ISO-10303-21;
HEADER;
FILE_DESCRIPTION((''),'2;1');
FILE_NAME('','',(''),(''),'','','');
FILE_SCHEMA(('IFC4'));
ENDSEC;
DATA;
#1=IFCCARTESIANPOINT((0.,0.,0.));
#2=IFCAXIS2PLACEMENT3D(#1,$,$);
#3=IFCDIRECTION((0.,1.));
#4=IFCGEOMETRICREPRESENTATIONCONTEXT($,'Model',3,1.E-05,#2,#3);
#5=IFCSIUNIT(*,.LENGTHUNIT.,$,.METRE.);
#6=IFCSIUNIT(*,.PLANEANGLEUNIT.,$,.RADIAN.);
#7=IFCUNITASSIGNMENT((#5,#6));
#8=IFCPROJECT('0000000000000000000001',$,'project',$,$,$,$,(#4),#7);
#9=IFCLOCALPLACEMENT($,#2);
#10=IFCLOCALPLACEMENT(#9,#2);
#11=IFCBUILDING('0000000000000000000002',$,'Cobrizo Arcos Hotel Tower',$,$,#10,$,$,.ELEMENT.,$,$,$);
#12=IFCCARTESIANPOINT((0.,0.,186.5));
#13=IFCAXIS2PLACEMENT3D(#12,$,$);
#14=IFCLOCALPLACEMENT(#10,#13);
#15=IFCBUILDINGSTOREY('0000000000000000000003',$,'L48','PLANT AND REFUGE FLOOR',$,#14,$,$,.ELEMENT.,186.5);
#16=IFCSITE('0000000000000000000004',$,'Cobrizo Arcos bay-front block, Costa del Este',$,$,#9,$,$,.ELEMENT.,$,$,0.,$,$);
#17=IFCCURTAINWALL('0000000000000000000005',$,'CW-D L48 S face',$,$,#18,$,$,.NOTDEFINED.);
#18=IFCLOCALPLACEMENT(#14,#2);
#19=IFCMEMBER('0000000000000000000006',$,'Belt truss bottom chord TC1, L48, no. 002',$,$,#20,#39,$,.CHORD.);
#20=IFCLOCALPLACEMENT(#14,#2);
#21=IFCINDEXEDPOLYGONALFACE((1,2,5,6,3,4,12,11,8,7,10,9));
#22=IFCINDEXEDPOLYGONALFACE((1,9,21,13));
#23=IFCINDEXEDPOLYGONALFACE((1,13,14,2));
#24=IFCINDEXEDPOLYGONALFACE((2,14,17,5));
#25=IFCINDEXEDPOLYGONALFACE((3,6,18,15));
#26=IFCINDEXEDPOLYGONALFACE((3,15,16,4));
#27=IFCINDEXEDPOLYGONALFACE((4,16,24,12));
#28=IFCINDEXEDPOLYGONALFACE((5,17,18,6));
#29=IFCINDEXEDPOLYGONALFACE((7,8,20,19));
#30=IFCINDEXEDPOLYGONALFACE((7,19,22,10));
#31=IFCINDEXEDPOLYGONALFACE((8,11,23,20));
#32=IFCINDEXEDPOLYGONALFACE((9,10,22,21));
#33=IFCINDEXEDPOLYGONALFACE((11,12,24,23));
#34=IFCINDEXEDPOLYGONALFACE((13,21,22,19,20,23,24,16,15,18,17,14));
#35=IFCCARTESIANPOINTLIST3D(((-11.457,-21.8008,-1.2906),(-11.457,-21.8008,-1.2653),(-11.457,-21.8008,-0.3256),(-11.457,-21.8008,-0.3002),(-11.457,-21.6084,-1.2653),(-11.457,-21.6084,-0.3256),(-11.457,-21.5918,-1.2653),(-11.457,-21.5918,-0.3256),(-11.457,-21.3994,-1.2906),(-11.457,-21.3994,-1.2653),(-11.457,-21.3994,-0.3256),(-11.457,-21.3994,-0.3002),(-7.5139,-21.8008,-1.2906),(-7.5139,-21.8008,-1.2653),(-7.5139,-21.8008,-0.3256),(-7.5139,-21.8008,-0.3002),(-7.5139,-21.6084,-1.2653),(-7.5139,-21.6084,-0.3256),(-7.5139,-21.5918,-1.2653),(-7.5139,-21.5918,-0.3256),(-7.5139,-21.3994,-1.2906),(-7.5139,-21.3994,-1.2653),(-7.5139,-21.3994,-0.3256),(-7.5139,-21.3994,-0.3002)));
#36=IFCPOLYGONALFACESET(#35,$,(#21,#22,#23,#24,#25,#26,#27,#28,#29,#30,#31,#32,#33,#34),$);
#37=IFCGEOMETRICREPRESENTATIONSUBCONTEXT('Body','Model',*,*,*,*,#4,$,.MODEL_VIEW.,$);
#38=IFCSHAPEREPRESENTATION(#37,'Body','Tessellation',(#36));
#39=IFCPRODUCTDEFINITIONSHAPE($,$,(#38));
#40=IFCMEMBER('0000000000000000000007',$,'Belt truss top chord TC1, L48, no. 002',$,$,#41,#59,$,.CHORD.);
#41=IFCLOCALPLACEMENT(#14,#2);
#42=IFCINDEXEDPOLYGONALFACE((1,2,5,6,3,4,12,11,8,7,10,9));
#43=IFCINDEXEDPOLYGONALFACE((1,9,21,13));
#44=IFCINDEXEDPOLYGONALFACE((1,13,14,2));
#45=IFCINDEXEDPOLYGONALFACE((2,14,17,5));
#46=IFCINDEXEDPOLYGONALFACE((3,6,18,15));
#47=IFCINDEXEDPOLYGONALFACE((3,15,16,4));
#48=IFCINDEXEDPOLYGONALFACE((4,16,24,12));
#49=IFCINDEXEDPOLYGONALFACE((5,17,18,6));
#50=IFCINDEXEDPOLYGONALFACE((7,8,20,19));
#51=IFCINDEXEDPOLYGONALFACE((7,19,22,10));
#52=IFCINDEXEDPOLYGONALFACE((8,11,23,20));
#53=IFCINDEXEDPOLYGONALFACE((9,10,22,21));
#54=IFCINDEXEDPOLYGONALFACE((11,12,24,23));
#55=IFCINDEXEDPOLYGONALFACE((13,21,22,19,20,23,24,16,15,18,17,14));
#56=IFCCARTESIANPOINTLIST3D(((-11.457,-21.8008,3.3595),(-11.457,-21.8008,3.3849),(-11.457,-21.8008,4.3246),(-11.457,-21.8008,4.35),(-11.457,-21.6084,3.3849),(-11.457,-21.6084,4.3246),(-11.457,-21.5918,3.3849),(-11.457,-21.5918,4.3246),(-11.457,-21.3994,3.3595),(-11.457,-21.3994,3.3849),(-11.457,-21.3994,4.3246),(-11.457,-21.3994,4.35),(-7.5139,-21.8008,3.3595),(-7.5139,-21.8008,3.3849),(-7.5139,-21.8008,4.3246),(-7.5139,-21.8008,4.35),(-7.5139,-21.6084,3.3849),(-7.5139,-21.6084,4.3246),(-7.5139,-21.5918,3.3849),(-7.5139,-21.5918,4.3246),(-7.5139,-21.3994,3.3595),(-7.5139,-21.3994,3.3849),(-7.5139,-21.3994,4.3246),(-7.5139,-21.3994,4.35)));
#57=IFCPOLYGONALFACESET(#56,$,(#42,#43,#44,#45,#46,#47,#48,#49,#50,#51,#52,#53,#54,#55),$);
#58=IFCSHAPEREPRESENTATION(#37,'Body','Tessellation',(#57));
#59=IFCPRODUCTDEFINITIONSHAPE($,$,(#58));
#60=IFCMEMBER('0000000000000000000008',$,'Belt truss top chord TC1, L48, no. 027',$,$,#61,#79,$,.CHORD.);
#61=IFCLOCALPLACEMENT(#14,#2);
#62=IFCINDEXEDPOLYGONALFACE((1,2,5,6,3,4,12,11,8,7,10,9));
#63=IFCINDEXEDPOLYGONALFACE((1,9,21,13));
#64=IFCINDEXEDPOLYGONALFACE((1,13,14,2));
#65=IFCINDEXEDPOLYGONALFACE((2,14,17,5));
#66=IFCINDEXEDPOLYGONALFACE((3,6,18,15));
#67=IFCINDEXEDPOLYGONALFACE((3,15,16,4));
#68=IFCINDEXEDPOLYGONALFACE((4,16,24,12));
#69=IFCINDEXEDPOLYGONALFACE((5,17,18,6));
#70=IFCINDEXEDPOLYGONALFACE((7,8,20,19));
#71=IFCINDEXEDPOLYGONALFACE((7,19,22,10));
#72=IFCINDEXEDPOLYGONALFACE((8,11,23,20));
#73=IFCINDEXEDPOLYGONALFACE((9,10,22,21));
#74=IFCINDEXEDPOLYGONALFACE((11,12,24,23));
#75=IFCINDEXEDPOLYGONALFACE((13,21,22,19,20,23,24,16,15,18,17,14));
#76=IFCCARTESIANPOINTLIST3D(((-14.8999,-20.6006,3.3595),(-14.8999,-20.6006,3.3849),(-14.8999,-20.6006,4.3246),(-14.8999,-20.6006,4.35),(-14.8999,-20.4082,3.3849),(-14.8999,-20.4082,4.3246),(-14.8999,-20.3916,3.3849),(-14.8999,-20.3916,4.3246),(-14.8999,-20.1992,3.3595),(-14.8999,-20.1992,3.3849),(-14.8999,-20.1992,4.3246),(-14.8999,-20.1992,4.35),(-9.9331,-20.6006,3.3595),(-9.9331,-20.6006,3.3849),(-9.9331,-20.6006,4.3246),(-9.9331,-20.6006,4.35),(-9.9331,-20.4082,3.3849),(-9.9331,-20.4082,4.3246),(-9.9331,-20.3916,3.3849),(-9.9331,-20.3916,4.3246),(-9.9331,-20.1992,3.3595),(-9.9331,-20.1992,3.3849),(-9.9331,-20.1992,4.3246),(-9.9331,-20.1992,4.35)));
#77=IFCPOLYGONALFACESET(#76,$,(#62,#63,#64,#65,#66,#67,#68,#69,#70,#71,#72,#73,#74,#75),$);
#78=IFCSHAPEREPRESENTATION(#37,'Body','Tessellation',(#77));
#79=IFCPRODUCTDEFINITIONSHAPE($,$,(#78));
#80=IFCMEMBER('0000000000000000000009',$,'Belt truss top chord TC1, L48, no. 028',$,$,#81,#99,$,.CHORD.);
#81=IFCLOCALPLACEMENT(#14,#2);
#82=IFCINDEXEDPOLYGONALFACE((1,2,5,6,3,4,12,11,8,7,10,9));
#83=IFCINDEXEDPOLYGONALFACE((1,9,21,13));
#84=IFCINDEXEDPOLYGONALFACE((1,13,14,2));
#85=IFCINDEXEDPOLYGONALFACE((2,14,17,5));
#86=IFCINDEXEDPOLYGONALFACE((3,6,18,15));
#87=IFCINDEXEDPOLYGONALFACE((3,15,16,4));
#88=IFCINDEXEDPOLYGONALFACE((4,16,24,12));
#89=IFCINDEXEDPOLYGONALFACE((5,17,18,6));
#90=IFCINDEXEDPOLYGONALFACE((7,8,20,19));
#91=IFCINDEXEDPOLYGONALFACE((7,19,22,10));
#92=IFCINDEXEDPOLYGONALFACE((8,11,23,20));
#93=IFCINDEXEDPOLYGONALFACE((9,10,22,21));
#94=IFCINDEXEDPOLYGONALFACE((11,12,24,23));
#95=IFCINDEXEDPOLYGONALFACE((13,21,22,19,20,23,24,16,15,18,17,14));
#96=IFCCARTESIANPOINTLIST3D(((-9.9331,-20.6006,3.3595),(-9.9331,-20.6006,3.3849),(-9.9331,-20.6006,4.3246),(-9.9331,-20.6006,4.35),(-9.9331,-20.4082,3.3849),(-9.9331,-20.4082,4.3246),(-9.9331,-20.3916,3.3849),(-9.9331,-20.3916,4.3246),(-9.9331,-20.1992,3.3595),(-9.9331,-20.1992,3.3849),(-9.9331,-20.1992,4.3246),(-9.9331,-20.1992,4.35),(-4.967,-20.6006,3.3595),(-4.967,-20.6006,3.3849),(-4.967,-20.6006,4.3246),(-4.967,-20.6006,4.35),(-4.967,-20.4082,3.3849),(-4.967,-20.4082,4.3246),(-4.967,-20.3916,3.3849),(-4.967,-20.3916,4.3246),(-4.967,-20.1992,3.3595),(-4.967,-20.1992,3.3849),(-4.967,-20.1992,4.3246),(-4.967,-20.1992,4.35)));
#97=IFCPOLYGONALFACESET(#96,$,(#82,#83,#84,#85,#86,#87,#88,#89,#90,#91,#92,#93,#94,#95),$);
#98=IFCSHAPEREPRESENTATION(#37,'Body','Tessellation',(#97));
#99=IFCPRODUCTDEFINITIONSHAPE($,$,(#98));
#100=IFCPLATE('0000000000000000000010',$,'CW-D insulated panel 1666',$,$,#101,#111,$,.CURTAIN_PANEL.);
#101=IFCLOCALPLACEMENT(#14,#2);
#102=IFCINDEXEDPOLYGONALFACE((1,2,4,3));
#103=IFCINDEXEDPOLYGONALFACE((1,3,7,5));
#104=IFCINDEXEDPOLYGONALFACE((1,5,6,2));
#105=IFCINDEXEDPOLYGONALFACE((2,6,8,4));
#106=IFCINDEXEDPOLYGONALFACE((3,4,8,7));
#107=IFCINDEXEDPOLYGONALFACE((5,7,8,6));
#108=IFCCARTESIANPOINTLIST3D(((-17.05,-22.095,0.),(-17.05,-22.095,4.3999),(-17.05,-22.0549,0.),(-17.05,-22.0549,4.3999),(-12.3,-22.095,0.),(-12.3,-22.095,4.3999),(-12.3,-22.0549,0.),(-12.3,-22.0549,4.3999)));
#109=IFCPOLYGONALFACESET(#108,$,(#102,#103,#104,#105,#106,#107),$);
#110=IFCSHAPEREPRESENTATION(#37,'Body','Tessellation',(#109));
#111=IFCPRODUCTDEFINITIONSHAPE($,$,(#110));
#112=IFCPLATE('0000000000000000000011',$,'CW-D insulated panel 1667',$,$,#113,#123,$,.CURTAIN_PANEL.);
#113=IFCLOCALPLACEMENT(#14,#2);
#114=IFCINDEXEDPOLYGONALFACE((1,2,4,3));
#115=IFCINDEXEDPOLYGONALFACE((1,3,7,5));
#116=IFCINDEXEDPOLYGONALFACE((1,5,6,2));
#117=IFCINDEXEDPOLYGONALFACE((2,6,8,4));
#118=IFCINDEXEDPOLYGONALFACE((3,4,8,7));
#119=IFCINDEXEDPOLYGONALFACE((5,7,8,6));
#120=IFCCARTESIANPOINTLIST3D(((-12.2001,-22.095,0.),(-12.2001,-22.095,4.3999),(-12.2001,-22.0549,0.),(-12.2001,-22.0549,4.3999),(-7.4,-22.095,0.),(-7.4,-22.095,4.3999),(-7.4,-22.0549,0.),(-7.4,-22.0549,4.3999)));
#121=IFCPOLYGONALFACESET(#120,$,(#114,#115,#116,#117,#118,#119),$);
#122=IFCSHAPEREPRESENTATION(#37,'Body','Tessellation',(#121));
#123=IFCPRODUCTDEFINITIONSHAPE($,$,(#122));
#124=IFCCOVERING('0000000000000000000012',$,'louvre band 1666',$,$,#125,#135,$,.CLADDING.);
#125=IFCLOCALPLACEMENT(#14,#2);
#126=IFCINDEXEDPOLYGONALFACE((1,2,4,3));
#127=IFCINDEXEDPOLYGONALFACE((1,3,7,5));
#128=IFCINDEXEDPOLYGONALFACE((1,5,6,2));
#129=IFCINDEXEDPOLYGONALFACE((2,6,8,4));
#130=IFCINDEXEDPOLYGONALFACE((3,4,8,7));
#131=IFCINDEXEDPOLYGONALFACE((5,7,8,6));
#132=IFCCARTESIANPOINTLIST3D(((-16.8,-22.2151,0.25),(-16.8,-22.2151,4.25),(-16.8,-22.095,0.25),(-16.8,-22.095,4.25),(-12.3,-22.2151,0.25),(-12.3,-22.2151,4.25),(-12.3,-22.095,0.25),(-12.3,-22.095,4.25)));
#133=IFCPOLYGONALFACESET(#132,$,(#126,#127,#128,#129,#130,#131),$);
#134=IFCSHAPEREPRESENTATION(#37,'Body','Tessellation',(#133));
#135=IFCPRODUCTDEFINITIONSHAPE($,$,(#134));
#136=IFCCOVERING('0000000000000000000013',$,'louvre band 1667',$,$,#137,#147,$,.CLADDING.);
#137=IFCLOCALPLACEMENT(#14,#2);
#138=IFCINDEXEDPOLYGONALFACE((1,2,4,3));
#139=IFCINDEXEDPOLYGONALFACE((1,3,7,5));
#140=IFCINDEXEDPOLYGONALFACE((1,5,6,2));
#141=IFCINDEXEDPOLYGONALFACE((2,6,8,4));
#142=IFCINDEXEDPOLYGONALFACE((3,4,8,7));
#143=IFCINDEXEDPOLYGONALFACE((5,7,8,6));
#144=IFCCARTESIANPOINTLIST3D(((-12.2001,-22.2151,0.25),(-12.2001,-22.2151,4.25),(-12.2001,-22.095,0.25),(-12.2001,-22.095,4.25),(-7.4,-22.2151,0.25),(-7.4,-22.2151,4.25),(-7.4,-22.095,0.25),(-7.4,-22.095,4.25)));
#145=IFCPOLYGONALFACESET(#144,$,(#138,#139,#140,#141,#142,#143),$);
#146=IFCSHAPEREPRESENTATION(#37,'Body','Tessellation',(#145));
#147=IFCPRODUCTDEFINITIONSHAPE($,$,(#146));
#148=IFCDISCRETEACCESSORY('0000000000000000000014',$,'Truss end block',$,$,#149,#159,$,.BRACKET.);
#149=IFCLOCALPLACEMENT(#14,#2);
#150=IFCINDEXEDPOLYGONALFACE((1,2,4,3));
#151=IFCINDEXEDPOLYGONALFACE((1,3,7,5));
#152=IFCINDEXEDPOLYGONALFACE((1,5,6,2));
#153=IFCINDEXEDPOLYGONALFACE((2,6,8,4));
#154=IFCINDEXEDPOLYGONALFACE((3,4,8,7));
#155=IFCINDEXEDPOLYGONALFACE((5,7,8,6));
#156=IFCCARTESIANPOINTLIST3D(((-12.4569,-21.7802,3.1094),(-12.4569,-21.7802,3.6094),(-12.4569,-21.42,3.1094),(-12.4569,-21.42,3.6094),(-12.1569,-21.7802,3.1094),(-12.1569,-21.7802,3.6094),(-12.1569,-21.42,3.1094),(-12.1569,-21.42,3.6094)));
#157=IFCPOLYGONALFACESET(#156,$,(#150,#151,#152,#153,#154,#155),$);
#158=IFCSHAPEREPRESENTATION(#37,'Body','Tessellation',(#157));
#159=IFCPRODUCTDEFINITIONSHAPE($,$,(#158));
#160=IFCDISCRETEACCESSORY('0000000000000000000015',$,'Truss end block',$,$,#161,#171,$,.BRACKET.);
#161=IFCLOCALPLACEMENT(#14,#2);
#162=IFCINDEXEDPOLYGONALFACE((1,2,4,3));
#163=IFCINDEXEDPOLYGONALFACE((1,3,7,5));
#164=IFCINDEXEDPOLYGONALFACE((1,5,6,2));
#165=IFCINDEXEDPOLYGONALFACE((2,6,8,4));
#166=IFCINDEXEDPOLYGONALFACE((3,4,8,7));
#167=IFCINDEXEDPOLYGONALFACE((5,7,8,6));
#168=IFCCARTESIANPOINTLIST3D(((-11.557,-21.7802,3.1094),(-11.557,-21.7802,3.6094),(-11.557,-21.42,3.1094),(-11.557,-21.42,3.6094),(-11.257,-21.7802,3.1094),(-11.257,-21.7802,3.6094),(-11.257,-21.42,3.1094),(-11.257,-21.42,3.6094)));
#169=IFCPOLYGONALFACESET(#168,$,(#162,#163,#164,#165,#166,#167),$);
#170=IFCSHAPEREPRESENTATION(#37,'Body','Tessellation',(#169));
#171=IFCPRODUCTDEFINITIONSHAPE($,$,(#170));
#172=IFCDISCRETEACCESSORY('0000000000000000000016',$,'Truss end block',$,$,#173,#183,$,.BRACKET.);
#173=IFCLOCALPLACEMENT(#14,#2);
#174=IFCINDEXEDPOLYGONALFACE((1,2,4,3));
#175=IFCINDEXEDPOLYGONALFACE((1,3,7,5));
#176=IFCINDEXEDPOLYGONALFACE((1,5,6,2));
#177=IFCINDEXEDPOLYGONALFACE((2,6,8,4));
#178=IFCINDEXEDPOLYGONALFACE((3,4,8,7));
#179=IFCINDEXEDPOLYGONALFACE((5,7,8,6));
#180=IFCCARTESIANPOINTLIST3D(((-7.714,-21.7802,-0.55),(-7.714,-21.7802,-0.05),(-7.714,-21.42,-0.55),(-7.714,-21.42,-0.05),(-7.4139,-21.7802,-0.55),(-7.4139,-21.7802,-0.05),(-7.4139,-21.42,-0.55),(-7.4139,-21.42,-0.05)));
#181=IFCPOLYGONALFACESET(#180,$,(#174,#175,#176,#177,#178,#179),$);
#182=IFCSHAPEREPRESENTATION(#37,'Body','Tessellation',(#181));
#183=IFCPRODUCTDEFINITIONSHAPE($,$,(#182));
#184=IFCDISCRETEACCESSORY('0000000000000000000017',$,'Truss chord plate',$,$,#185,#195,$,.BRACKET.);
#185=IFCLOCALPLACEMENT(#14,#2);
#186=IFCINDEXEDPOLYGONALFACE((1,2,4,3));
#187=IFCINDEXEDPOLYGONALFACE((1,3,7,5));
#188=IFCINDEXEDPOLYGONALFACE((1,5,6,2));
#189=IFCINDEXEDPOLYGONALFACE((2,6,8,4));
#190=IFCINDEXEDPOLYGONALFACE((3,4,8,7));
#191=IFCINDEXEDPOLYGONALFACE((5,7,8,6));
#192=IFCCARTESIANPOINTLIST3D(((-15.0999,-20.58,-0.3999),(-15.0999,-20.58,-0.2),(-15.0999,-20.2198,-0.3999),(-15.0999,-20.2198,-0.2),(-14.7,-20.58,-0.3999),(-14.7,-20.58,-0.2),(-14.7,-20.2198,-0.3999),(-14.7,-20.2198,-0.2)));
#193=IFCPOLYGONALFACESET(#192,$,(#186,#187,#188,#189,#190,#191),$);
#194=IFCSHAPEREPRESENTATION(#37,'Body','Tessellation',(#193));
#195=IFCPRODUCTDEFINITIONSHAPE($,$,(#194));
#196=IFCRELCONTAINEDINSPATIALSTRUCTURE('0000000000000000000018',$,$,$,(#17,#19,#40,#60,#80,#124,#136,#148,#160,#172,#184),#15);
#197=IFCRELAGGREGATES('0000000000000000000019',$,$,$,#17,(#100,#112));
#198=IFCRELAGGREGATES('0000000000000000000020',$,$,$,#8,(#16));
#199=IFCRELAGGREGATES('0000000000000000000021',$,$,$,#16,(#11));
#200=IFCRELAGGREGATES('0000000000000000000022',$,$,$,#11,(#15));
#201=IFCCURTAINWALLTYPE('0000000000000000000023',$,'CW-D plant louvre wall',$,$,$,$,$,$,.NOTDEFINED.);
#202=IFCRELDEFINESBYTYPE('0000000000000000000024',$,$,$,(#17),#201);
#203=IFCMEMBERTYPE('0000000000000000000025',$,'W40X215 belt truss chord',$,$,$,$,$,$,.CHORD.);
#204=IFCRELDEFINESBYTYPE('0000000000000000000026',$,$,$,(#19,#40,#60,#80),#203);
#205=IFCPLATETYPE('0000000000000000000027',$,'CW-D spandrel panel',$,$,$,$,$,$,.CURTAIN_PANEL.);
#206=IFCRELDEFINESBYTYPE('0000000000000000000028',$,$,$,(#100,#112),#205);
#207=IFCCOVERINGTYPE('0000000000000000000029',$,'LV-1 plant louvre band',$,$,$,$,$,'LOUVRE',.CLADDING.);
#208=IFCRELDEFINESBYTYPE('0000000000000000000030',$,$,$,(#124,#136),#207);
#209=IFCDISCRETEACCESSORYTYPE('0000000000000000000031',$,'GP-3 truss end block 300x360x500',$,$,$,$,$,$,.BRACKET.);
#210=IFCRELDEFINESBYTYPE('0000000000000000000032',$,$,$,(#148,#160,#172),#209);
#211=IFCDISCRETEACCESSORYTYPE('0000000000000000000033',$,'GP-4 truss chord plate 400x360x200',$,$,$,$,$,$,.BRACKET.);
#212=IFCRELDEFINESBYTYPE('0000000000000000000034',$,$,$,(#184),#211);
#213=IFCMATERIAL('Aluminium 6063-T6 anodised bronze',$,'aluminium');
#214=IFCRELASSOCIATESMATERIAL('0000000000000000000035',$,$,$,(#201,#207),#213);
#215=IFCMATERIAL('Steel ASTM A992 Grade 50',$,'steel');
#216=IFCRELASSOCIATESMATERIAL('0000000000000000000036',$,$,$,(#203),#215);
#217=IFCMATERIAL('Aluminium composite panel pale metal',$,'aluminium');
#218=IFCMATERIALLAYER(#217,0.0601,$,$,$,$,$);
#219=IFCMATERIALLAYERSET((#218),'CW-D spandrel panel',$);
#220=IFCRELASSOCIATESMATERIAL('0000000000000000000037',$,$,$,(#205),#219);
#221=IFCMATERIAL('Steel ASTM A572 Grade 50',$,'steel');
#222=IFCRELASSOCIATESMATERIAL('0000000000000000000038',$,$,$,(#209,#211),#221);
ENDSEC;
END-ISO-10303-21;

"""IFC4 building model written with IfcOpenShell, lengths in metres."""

from ifc_helpers import new_model, si_unit, direction, frame, origin, origin_2d, place, context, subcontext, project, spatial, rectangle, i_section, extrude, material, layer, layer_set, material_profile, profile_set, type_object, element, aggregate, save


model = new_model("IFC4")

# Units and contexts
model_context = context("Model", 3, precision=1e-05, world=origin(), true_north=direction((0.0, 1.0)))
body_context = subcontext(model_context, "Body", "Model", "MODEL_VIEW")
ifc_project = project(units=[si_unit("LENGTHUNIT", "METRE"), si_unit("PLANEANGLEUNIT", "RADIAN")], contexts=[model_context])

# Site, building, storey
site_placement = place(None, origin())
site = spatial("IfcSite", under=ifc_project, at=site_placement, Name="Cobrizo Arcos bay-front block, Costa del Este", CompositionType="ELEMENT", RefElevation=0.0)
building_placement = place(site_placement, origin())
building = spatial("IfcBuilding", under=site, at=building_placement, Name="Cobrizo Arcos Hotel Tower", CompositionType="ELEMENT")
storey_placement = place(building_placement, frame((0.0, 0.0, 186.5)))
storey = spatial("IfcBuildingStorey", under=building, at=storey_placement, Name="L48", Description="PLANT AND REFUGE FLOOR", CompositionType="ELEMENT", Elevation=186.5)

# Shared definitions
ifc_material_1 = material(Name="Steel ASTM A572 Grade 50", Category="steel")

# Curtain wall
ifc_material_2 = material(Name="Aluminium 6063-T6 anodised bronze", Category="aluminium")
curtain_wall_type = type_object("IfcCurtainWallType", Name="CW-D plant louvre wall", PredefinedType="NOTDEFINED", material=ifc_material_2)
curtain_wall_placement = place(storey_placement, origin())
curtain_wall = element("IfcCurtainWall", 1, at=curtain_wall_placement, inside=storey, type_object=curtain_wall_type, Name="CW-D L48 S face", PredefinedType="NOTDEFINED")

# Members
ifc_material_3 = material(Name="Steel ASTM A992 Grade 50", Category="steel")
ifc_material_profile_1 = material_profile(ifc_material_3, i_section(OverallWidth=0.4014, OverallDepth=0.9905, WebThickness=0.0166, FlangeThickness=0.0254, at=origin_2d()), Name="W40X215")
ifc_profile_set_1 = profile_set([ifc_material_profile_1], Name="Steel ASTM A992 Grade 50")
member_type_1 = type_object("IfcMemberType", Name="W40X215 belt truss chord", PredefinedType="CHORD", material=ifc_profile_set_1)
for number, where, z_axis, x_axis, name in (
    (2, (-11.457, -21.6001, -0.7954), (1.0, 0.0, 0.0), (0.0, 1.0, 0.0), "Belt truss bottom chord TC1, L48, no. 002"),
    (3, (-11.457, -21.6001, 3.8547), (1.0, 0.0, 0.0), (0.0, 1.0, 0.0), "Belt truss top chord TC1, L48, no. 002"),
):
    element("IfcMember", number, at=place(storey_placement, frame(where, z_axis=z_axis, x_axis=x_axis)), inside=storey, type_object=member_type_1, Name=name, PredefinedType="CHORD", context=body_context, shape_type="SweptSolid", body=[
        extrude(i_section(OverallWidth=0.4014, OverallDepth=0.9905, WebThickness=0.0166, FlangeThickness=0.0254, at=origin_2d()), origin(), (0.0, 0.0, 1.0), 3.9431),
    ])
member_1_placement = place(storey_placement, frame((-14.8999, -20.3999, 3.8547), z_axis=(1.0, 0.0, 0.0), x_axis=(0.0, 1.0, 0.0)))
element("IfcMember", 4, at=member_1_placement, inside=storey, type_object=member_type_1, Name="Belt truss top chord TC1, L48, no. 027", PredefinedType="CHORD", context=body_context, shape_type="SweptSolid", body=[
    extrude(i_section(OverallWidth=0.4014, OverallDepth=0.9905, WebThickness=0.0166, FlangeThickness=0.0254, at=origin_2d()), origin(), (0.0, 0.0, 1.0), 4.9668),
])
member_2_placement = place(storey_placement, frame((-9.9331, -20.3999, 3.8547), z_axis=(1.0, 0.0, 0.0), x_axis=(0.0, 1.0, 0.0)))
element("IfcMember", 5, at=member_2_placement, inside=storey, type_object=member_type_1, Name="Belt truss top chord TC1, L48, no. 028", PredefinedType="CHORD", context=body_context, shape_type="SweptSolid", body=[
    extrude(i_section(OverallWidth=0.4014, OverallDepth=0.9905, WebThickness=0.0166, FlangeThickness=0.0254, at=origin_2d()), origin(), (0.0, 0.0, 1.0), 4.9661),
])

# Plates
ifc_material_4 = material(Name="Aluminium composite panel pale metal", Category="aluminium")
ifc_layer = layer(ifc_material_4, 0.0601)
ifc_layer_set = layer_set([ifc_layer], Name="CW-D spandrel panel")
plate_type = type_object("IfcPlateType", Name="CW-D spandrel panel", PredefinedType="CURTAIN_PANEL", material=ifc_layer_set)
plate_1_placement = place(storey_placement, frame((-14.675, -22.075, 0.0), z_axis=(0.0, 0.0, 1.0), x_axis=(1.0, 0.0, 0.0)))
plate_1 = element("IfcPlate", 6, at=plate_1_placement, type_object=plate_type, Name="CW-D insulated panel 1666", PredefinedType="CURTAIN_PANEL", context=body_context, shape_type="SweptSolid", body=[
    extrude(rectangle(XDim=4.75, YDim=0.04, at=origin_2d()), origin(), (0.0, 0.0, 1.0), 4.3999),
])
plate_2_placement = place(storey_placement, frame((-9.8, -22.075, 0.0), z_axis=(0.0, 0.0, 1.0), x_axis=(1.0, 0.0, 0.0)))
plate_2 = element("IfcPlate", 7, at=plate_2_placement, type_object=plate_type, Name="CW-D insulated panel 1667", PredefinedType="CURTAIN_PANEL", context=body_context, shape_type="SweptSolid", body=[
    extrude(rectangle(XDim=4.8, YDim=0.04, at=origin_2d()), origin(), (0.0, 0.0, 1.0), 4.3999),
])
aggregate(curtain_wall, [plate_1, plate_2])

# Coverings
covering_type = type_object("IfcCoveringType", Name="LV-1 plant louvre band", ElementType="LOUVRE", PredefinedType="CLADDING", material=ifc_material_2)
covering_1_placement = place(storey_placement, frame((-14.55, -22.155, 0.25), z_axis=(0.0, 0.0, 1.0), x_axis=(1.0, 0.0, 0.0)))
element("IfcCovering", 8, at=covering_1_placement, inside=storey, type_object=covering_type, Name="louvre band 1666", PredefinedType="CLADDING", context=body_context, shape_type="SweptSolid", body=[
    extrude(rectangle(XDim=4.5, YDim=0.1201, at=origin_2d()), origin(), (0.0, 0.0, 1.0), 4.0),
])
covering_2_placement = place(storey_placement, frame((-9.8, -22.155, 0.25), z_axis=(0.0, 0.0, 1.0), x_axis=(1.0, 0.0, 0.0)))
element("IfcCovering", 9, at=covering_2_placement, inside=storey, type_object=covering_type, Name="louvre band 1667", PredefinedType="CLADDING", context=body_context, shape_type="SweptSolid", body=[
    extrude(rectangle(XDim=4.8, YDim=0.1201, at=origin_2d()), origin(), (0.0, 0.0, 1.0), 4.0),
])

# Discrete accessories
discrete_accessory_type_1 = type_object("IfcDiscreteAccessoryType", Name="GP-3 truss end block 300x360x500", PredefinedType="BRACKET", material=ifc_material_1)
for number, where, z_axis, x_axis, name in (
    (10, (-12.3069, -21.6001, 3.1094), (0.0, 0.0, 1.0), (-1.0, 0.0, 0.0), "Truss end block"),
    (11, (-11.407, -21.6001, 3.1094), (0.0, 0.0, 1.0), (1.0, 0.0, 0.0), "Truss end block"),
    (12, (-7.564, -21.6001, -0.55), (0.0, 0.0, 1.0), (-1.0, 0.0, 0.0), "Truss end block"),
):
    element("IfcDiscreteAccessory", number, at=place(storey_placement, frame(where, z_axis=z_axis, x_axis=x_axis)), inside=storey, type_object=discrete_accessory_type_1, Name=name, PredefinedType="BRACKET", context=body_context, shape_type="SweptSolid", body=[
        extrude(rectangle(XDim=0.3, YDim=0.3601, at=origin_2d()), origin(), (0.0, 0.0, 1.0), 0.5),
    ])
discrete_accessory_type_2 = type_object("IfcDiscreteAccessoryType", Name="GP-4 truss chord plate 400x360x200", PredefinedType="BRACKET", material=ifc_material_1)
for number, where, z_axis, x_axis, name in (
    (13, (-14.8999, -20.3999, -0.3999), (0.0, 0.0, 1.0), (1.0, 0.0, 0.0), "Truss chord plate"),
):
    element("IfcDiscreteAccessory", number, at=place(storey_placement, frame(where, z_axis=z_axis, x_axis=x_axis)), inside=storey, type_object=discrete_accessory_type_2, Name=name, PredefinedType="BRACKET", context=body_context, shape_type="SweptSolid", body=[
        extrude(rectangle(XDim=0.3999, YDim=0.3601, at=origin_2d()), origin(), (0.0, 0.0, 1.0), 0.2),
    ])

save(model, "model.ifc")
